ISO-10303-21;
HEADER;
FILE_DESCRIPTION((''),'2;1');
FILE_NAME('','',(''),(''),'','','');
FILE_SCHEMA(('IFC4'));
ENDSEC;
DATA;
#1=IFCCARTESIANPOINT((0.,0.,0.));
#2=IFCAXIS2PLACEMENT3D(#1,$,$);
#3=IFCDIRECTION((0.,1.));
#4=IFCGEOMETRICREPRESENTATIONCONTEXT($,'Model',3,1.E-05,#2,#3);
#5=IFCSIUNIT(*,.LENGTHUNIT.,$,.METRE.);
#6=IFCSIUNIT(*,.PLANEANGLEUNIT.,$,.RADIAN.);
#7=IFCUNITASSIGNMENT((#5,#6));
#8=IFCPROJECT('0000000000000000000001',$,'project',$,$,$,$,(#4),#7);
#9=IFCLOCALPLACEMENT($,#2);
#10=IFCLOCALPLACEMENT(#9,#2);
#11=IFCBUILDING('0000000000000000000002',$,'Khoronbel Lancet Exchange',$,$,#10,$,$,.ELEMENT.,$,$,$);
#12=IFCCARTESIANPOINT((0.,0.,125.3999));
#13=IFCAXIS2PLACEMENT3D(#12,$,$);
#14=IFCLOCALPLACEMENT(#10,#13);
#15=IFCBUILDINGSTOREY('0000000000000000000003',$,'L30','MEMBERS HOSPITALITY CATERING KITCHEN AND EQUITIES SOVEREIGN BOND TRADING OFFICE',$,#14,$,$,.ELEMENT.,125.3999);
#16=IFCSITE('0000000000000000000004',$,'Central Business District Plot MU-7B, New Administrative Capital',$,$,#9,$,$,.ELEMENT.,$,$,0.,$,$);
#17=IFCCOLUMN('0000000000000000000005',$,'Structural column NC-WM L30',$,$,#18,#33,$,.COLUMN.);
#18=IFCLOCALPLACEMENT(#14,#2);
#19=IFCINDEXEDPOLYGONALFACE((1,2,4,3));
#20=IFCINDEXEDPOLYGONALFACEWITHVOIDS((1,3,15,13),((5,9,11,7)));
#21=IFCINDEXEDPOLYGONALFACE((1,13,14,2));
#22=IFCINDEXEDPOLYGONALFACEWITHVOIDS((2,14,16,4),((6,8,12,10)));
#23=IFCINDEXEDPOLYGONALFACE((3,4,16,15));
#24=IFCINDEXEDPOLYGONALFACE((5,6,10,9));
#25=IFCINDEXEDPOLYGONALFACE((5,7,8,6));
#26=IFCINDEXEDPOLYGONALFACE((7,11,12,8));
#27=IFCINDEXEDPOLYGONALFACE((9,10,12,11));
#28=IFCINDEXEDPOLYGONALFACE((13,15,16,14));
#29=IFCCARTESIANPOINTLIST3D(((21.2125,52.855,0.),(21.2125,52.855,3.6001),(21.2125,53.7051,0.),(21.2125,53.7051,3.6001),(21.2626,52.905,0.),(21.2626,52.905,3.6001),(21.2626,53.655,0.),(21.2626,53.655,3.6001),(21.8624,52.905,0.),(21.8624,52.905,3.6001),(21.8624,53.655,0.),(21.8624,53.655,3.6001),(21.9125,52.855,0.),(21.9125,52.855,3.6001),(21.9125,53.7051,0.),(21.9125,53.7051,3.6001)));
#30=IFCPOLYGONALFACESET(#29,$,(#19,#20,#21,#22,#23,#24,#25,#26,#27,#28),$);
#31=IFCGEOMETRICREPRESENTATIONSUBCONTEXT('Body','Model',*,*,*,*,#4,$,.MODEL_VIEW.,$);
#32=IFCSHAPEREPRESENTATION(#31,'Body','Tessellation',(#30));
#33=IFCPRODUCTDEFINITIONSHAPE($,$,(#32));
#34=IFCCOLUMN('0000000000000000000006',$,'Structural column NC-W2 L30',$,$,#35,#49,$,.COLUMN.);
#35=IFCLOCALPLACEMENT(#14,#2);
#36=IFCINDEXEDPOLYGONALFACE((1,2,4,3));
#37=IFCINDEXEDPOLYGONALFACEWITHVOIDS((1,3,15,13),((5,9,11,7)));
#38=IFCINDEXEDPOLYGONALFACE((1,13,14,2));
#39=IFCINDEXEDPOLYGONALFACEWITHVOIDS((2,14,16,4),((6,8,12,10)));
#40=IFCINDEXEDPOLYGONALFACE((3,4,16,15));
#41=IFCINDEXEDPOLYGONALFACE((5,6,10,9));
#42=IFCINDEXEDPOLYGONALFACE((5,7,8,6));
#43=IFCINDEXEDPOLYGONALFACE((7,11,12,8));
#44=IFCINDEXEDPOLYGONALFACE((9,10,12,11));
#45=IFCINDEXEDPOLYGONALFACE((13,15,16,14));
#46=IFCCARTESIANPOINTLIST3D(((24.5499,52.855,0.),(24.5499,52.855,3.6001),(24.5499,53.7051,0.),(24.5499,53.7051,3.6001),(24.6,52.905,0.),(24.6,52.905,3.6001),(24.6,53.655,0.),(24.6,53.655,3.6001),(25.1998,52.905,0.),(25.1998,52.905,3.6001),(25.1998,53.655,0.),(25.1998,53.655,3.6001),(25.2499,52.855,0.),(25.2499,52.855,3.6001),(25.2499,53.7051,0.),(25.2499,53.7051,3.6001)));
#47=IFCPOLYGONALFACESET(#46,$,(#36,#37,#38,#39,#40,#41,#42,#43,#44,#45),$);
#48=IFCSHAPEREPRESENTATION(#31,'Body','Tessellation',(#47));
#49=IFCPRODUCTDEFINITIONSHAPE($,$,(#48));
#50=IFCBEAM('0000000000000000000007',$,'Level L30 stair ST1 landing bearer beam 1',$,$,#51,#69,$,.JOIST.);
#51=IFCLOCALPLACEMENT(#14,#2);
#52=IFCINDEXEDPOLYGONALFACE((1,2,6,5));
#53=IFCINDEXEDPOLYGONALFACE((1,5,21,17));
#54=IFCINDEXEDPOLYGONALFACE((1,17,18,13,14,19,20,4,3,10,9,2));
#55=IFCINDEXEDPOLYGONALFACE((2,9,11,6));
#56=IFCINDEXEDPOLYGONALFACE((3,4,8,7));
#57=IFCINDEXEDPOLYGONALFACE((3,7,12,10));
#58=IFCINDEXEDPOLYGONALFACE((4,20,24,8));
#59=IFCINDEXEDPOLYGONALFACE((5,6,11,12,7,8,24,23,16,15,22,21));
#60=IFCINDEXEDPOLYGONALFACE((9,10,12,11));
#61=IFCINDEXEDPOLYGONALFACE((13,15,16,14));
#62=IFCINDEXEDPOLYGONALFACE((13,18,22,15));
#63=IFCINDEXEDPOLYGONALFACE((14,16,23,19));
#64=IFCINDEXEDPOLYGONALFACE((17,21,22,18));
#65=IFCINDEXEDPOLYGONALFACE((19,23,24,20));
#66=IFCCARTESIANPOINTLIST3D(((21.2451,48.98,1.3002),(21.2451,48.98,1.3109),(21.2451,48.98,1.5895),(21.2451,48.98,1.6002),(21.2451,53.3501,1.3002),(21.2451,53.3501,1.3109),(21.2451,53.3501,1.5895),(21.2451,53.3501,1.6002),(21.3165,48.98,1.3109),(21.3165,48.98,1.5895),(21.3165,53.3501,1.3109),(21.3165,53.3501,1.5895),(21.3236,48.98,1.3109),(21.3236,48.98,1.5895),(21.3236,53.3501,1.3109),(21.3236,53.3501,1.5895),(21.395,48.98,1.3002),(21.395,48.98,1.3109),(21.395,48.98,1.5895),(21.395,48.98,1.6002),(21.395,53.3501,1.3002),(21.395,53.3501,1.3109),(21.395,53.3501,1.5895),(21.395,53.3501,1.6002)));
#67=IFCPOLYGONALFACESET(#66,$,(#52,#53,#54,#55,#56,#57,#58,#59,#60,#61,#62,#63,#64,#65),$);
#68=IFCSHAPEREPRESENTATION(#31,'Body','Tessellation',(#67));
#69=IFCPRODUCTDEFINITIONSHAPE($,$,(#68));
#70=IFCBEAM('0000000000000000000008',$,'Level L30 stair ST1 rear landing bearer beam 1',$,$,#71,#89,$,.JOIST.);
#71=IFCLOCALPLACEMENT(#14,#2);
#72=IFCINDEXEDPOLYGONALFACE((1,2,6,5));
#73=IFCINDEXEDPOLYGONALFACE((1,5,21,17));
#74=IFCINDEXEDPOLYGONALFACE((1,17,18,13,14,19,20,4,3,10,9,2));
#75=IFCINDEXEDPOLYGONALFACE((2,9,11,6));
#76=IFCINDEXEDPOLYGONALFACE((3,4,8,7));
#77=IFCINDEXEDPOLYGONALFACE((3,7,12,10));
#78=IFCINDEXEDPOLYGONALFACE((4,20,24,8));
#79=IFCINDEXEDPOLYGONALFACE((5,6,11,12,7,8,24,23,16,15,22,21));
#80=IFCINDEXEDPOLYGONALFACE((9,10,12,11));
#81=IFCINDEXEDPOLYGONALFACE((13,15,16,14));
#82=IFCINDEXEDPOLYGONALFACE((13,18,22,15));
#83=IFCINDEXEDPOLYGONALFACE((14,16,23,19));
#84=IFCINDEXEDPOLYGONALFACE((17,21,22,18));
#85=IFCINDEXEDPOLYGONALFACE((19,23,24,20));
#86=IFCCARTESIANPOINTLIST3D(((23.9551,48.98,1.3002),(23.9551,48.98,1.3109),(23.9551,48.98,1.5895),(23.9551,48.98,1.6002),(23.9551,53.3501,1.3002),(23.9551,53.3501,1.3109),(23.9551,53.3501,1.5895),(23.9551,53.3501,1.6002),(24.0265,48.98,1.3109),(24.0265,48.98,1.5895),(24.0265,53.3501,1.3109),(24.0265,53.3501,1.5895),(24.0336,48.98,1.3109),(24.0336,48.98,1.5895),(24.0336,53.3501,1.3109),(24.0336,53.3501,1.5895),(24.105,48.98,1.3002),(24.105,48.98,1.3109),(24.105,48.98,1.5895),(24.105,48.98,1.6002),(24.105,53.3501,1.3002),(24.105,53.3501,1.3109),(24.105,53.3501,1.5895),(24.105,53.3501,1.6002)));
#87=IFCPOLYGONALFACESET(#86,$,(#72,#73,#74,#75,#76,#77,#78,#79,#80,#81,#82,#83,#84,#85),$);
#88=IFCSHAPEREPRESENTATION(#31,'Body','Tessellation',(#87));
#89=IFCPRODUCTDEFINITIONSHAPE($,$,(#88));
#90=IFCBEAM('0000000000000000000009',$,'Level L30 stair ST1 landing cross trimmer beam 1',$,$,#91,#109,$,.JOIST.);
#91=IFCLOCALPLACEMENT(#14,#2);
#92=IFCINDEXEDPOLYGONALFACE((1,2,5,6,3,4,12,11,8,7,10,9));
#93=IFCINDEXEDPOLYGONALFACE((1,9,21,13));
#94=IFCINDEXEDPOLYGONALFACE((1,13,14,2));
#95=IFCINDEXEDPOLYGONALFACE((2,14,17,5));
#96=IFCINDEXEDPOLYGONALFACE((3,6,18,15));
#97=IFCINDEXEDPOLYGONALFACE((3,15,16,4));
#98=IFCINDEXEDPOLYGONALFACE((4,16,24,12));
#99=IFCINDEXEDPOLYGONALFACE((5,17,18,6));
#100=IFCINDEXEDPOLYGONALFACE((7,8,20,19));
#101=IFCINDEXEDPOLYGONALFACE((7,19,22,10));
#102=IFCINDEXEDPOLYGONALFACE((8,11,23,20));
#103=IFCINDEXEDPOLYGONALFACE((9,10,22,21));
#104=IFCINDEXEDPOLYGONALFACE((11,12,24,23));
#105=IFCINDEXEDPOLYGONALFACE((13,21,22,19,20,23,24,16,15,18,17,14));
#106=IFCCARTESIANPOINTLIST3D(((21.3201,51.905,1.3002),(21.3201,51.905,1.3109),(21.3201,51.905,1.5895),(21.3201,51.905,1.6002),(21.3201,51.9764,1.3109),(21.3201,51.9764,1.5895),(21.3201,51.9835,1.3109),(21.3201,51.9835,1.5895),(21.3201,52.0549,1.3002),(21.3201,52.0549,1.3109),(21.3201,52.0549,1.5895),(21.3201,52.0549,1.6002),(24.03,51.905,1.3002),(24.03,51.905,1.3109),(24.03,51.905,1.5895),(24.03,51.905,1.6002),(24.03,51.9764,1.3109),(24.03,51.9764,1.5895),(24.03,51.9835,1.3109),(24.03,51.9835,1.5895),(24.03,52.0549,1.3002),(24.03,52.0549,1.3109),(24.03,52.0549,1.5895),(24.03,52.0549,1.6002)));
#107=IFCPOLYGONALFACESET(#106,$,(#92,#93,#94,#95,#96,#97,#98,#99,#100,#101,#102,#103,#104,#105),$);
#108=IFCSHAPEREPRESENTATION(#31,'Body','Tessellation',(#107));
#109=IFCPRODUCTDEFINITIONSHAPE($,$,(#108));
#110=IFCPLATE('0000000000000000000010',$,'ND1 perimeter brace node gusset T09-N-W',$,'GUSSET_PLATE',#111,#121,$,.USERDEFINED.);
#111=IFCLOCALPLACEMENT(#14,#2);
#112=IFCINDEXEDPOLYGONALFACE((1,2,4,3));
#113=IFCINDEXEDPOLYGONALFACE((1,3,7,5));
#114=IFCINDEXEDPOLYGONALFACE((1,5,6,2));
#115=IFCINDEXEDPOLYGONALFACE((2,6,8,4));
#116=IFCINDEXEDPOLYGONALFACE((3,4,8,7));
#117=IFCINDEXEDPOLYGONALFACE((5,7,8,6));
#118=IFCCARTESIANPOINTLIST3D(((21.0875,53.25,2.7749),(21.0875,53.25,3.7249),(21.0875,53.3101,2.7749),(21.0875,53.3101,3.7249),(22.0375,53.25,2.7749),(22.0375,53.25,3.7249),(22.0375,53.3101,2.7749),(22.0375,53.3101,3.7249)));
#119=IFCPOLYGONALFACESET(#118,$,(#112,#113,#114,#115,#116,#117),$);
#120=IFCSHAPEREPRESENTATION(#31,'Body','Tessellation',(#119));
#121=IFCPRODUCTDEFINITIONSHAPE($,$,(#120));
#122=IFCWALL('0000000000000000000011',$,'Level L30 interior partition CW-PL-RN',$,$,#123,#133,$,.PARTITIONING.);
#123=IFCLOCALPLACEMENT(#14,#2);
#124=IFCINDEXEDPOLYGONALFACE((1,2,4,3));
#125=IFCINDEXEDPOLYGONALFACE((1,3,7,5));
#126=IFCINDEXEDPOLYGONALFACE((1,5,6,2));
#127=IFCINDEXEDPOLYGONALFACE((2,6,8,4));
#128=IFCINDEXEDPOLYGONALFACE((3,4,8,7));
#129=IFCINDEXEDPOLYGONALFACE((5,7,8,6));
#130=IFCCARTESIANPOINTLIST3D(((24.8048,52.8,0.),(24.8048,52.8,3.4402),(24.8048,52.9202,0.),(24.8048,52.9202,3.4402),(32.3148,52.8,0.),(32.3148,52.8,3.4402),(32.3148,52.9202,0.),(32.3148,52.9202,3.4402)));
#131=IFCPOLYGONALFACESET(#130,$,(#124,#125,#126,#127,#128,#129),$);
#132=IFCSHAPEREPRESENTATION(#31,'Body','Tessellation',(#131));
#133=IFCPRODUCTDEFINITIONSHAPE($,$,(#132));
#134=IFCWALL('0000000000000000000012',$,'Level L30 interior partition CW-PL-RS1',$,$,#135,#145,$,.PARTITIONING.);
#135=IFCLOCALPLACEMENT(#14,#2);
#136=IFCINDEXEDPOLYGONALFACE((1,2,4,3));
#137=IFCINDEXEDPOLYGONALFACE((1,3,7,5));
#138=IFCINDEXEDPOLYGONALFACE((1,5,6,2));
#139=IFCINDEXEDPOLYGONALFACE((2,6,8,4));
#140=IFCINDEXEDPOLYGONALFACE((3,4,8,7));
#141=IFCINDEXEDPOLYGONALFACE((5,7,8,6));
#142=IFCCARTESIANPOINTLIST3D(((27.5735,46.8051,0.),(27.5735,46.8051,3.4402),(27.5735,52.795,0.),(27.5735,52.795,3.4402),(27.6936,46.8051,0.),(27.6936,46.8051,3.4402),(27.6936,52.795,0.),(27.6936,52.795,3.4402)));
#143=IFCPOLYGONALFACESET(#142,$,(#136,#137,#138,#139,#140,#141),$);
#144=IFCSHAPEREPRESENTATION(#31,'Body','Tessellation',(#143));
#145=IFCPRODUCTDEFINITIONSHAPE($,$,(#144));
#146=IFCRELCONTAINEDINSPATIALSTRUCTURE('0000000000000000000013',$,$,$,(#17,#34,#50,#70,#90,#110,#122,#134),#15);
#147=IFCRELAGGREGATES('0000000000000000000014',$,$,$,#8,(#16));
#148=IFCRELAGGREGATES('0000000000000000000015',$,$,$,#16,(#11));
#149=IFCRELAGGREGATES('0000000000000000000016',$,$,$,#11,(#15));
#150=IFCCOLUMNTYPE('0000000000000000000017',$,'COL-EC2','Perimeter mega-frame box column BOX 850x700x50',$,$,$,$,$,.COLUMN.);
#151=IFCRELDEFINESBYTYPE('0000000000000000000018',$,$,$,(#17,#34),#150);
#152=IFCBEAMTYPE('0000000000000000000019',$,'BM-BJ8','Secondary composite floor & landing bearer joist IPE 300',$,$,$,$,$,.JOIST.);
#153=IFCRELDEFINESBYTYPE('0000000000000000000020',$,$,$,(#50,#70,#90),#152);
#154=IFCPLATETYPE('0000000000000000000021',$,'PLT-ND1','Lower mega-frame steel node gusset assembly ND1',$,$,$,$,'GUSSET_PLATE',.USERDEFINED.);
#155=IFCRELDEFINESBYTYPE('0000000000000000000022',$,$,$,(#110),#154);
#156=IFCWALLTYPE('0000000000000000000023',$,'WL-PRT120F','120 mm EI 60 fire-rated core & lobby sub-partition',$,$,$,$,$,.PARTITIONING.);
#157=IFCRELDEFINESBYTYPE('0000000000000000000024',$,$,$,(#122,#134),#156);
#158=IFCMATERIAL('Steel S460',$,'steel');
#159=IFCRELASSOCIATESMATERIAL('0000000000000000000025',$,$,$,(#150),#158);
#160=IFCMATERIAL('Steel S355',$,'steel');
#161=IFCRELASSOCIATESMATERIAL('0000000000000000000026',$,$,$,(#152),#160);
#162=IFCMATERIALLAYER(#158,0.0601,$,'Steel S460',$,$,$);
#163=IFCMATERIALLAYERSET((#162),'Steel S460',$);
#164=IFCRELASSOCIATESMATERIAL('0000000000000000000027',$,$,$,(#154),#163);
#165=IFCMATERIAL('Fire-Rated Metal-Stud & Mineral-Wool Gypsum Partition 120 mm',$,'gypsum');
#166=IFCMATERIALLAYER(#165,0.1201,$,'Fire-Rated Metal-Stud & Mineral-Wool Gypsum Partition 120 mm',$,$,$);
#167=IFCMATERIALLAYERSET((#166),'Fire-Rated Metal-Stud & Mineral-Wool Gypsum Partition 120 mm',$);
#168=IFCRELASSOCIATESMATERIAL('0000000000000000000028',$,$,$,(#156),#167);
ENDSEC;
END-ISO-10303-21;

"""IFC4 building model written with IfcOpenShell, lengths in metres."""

from ifc_helpers import new_model, si_unit, direction, frame, frame_2d, origin, origin_2d, place, context, subcontext, project, spatial, rectangle, hollow_rectangle, i_section, extrude, material, layer, layer_set, material_profile, profile_set, type_object, element, save


model = new_model("IFC4")

# Units and contexts
model_context = context("Model", 3, precision=1e-05, world=origin(), true_north=direction((0.0, 1.0)))
body_context = subcontext(model_context, "Body", "Model", "MODEL_VIEW")
ifc_project = project(units=[si_unit("LENGTHUNIT", "METRE"), si_unit("PLANEANGLEUNIT", "RADIAN")], contexts=[model_context])

# Site, building, storey
site_placement = place(None, origin())
site = spatial("IfcSite", under=ifc_project, at=site_placement, Name="Central Business District Plot MU-7B, New Administrative Capital", CompositionType="ELEMENT", RefElevation=0.0)
building_placement = place(site_placement, origin())
building = spatial("IfcBuilding", under=site, at=building_placement, Name="Khoronbel Lancet Exchange", CompositionType="ELEMENT")
storey_placement = place(building_placement, frame((0.0, 0.0, 125.3999)))
storey = spatial("IfcBuildingStorey", under=building, at=storey_placement, Name="L30", Description="MEMBERS HOSPITALITY CATERING KITCHEN AND EQUITIES SOVEREIGN BOND TRADING OFFICE", CompositionType="ELEMENT", Elevation=125.3999)

# Columns
ifc_material_1 = material(Name="Steel S460", Category="steel")
ifc_material_profile_1 = material_profile(ifc_material_1, hollow_rectangle(XDim=0.7, YDim=0.8501, WallThickness=0.05, at=origin_2d()), Name="BOX 850x700x50")
ifc_profile_set_1 = profile_set([ifc_material_profile_1], Name="Steel S460")
column_type = type_object("IfcColumnType", Name="COL-EC2", Description="Perimeter mega-frame box column BOX 850x700x50", PredefinedType="COLUMN", material=ifc_profile_set_1)
for number, where, z_axis, x_axis, name in (
    (1, (21.5625, 53.28, 0.0), (0.0, 0.0, 1.0), (1.0, 0.0, 0.0), "Structural column NC-WM L30"),
    (2, (24.8999, 53.28, 0.0), (0.0, 0.0, 1.0), (1.0, 0.0, 0.0), "Structural column NC-W2 L30"),
):
    element("IfcColumn", number, at=place(storey_placement, frame(where, z_axis=z_axis, x_axis=x_axis)), inside=storey, type_object=column_type, Name=name, PredefinedType="COLUMN", context=body_context, shape_type="SweptSolid", body=[
        extrude(hollow_rectangle(XDim=0.7, YDim=0.8501, WallThickness=0.05, at=origin_2d()), origin(), (0.0, 0.0, 1.0), 3.6001),
    ])

# Beams
ifc_material_2 = material(Name="Steel S355", Category="steel")
ifc_material_profile_2 = material_profile(ifc_material_2, i_section(OverallWidth=0.1499, OverallDepth=0.3, WebThickness=0.0071, FlangeThickness=0.0107, at=origin_2d()), Name="IPE 300")
ifc_profile_set_2 = profile_set([ifc_material_profile_2], Name="Steel S355")
beam_type = type_object("IfcBeamType", Name="BM-BJ8", Description="Secondary composite floor & landing bearer joist IPE 300", PredefinedType="JOIST", material=ifc_profile_set_2)
for number, where, z_axis, x_axis, name in (
    (3, (21.3201, 48.98, 1.4502), (0.0, 1.0, 0.0), (-1.0, 0.0, 0.0), "Level L30 stair ST1 landing bearer beam 1"),
    (4, (24.03, 48.98, 1.4502), (0.0, 1.0, 0.0), (-1.0, 0.0, 0.0), "Level L30 stair ST1 rear landing bearer beam 1"),
):
    element("IfcBeam", number, at=place(storey_placement, frame(where, z_axis=z_axis, x_axis=x_axis)), inside=storey, type_object=beam_type, Name=name, PredefinedType="JOIST", context=body_context, shape_type="SweptSolid", body=[
        extrude(i_section(OverallWidth=0.1499, OverallDepth=0.3, WebThickness=0.0071, FlangeThickness=0.0107, at=origin_2d()), origin(), (0.0, 0.0, 1.0), 4.3701),
    ])
beam_placement = place(storey_placement, frame((21.3201, 51.98, 1.4502), z_axis=(1.0, 0.0, 0.0), x_axis=(0.0, 1.0, 0.0)))
element("IfcBeam", 5, at=beam_placement, inside=storey, type_object=beam_type, Name="Level L30 stair ST1 landing cross trimmer beam 1", PredefinedType="JOIST", context=body_context, shape_type="SweptSolid", body=[
    extrude(i_section(OverallWidth=0.1499, OverallDepth=0.3, WebThickness=0.0071, FlangeThickness=0.0107, at=origin_2d()), origin(), (0.0, 0.0, 1.0), 2.71),
])

# Plate
ifc_layer_1 = layer(ifc_material_1, 0.0601, Name="Steel S460")
ifc_layer_set_1 = layer_set([ifc_layer_1], Name="Steel S460")
plate_type = type_object("IfcPlateType", Name="PLT-ND1", Description="Lower mega-frame steel node gusset assembly ND1", ElementType="GUSSET_PLATE", PredefinedType="USERDEFINED", material=ifc_layer_set_1)
plate_placement = place(storey_placement, frame((21.5625, 53.28, 2.7749), z_axis=(0.0, 0.0, 1.0), x_axis=(1.0, 0.0, 0.0)))
element("IfcPlate", 6, at=plate_placement, inside=storey, type_object=plate_type, Name="ND1 perimeter brace node gusset T09-N-W", ObjectType="GUSSET_PLATE", PredefinedType="USERDEFINED", context=body_context, shape_type="SweptSolid", body=[
    extrude(rectangle(XDim=0.95, YDim=0.0601, at=origin_2d()), origin(), (0.0, 0.0, 1.0), 0.95),
])

# Walls
ifc_material_3 = material(Name="Fire-Rated Metal-Stud & Mineral-Wool Gypsum Partition 120 mm", Category="gypsum")
ifc_layer_2 = layer(ifc_material_3, 0.1201, Name="Fire-Rated Metal-Stud & Mineral-Wool Gypsum Partition 120 mm")
ifc_layer_set_2 = layer_set([ifc_layer_2], Name="Fire-Rated Metal-Stud & Mineral-Wool Gypsum Partition 120 mm")
wall_type_1 = type_object("IfcWallType", Name="WL-PRT120F", Description="120 mm EI 60 fire-rated core & lobby sub-partition", PredefinedType="PARTITIONING", material=ifc_layer_set_2)
wall_1_placement = place(storey_placement, frame((24.8049, 52.8601, 0.0), z_axis=(0.0, 0.0, 1.0), x_axis=(1.0, 0.0, 0.0)))
element("IfcWall", 7, at=wall_1_placement, inside=storey, type_object=wall_type_1, Name="Level L30 interior partition CW-PL-RN", PredefinedType="PARTITIONING", context=body_context, shape_type="SweptSolid", body=[
    extrude(rectangle(XDim=7.51, YDim=0.1201, at=frame_2d((3.7549, 0.0))), origin(), (0.0, 0.0, 1.0), 3.4402),
])
wall_2_placement = place(storey_placement, frame((27.6335, 46.8049, 0.0), z_axis=(0.0, 0.0, 1.0), x_axis=(0.0, 1.0, 0.0)))
element("IfcWall", 8, at=wall_2_placement, inside=storey, type_object=wall_type_1, Name="Level L30 interior partition CW-PL-RS1", PredefinedType="PARTITIONING", context=body_context, shape_type="SweptSolid", body=[
    extrude(rectangle(XDim=5.99, YDim=0.1201, at=frame_2d((2.9951, 0.0))), origin(), (0.0, 0.0, 1.0), 3.4402),
])

save(model, "model.ifc")
